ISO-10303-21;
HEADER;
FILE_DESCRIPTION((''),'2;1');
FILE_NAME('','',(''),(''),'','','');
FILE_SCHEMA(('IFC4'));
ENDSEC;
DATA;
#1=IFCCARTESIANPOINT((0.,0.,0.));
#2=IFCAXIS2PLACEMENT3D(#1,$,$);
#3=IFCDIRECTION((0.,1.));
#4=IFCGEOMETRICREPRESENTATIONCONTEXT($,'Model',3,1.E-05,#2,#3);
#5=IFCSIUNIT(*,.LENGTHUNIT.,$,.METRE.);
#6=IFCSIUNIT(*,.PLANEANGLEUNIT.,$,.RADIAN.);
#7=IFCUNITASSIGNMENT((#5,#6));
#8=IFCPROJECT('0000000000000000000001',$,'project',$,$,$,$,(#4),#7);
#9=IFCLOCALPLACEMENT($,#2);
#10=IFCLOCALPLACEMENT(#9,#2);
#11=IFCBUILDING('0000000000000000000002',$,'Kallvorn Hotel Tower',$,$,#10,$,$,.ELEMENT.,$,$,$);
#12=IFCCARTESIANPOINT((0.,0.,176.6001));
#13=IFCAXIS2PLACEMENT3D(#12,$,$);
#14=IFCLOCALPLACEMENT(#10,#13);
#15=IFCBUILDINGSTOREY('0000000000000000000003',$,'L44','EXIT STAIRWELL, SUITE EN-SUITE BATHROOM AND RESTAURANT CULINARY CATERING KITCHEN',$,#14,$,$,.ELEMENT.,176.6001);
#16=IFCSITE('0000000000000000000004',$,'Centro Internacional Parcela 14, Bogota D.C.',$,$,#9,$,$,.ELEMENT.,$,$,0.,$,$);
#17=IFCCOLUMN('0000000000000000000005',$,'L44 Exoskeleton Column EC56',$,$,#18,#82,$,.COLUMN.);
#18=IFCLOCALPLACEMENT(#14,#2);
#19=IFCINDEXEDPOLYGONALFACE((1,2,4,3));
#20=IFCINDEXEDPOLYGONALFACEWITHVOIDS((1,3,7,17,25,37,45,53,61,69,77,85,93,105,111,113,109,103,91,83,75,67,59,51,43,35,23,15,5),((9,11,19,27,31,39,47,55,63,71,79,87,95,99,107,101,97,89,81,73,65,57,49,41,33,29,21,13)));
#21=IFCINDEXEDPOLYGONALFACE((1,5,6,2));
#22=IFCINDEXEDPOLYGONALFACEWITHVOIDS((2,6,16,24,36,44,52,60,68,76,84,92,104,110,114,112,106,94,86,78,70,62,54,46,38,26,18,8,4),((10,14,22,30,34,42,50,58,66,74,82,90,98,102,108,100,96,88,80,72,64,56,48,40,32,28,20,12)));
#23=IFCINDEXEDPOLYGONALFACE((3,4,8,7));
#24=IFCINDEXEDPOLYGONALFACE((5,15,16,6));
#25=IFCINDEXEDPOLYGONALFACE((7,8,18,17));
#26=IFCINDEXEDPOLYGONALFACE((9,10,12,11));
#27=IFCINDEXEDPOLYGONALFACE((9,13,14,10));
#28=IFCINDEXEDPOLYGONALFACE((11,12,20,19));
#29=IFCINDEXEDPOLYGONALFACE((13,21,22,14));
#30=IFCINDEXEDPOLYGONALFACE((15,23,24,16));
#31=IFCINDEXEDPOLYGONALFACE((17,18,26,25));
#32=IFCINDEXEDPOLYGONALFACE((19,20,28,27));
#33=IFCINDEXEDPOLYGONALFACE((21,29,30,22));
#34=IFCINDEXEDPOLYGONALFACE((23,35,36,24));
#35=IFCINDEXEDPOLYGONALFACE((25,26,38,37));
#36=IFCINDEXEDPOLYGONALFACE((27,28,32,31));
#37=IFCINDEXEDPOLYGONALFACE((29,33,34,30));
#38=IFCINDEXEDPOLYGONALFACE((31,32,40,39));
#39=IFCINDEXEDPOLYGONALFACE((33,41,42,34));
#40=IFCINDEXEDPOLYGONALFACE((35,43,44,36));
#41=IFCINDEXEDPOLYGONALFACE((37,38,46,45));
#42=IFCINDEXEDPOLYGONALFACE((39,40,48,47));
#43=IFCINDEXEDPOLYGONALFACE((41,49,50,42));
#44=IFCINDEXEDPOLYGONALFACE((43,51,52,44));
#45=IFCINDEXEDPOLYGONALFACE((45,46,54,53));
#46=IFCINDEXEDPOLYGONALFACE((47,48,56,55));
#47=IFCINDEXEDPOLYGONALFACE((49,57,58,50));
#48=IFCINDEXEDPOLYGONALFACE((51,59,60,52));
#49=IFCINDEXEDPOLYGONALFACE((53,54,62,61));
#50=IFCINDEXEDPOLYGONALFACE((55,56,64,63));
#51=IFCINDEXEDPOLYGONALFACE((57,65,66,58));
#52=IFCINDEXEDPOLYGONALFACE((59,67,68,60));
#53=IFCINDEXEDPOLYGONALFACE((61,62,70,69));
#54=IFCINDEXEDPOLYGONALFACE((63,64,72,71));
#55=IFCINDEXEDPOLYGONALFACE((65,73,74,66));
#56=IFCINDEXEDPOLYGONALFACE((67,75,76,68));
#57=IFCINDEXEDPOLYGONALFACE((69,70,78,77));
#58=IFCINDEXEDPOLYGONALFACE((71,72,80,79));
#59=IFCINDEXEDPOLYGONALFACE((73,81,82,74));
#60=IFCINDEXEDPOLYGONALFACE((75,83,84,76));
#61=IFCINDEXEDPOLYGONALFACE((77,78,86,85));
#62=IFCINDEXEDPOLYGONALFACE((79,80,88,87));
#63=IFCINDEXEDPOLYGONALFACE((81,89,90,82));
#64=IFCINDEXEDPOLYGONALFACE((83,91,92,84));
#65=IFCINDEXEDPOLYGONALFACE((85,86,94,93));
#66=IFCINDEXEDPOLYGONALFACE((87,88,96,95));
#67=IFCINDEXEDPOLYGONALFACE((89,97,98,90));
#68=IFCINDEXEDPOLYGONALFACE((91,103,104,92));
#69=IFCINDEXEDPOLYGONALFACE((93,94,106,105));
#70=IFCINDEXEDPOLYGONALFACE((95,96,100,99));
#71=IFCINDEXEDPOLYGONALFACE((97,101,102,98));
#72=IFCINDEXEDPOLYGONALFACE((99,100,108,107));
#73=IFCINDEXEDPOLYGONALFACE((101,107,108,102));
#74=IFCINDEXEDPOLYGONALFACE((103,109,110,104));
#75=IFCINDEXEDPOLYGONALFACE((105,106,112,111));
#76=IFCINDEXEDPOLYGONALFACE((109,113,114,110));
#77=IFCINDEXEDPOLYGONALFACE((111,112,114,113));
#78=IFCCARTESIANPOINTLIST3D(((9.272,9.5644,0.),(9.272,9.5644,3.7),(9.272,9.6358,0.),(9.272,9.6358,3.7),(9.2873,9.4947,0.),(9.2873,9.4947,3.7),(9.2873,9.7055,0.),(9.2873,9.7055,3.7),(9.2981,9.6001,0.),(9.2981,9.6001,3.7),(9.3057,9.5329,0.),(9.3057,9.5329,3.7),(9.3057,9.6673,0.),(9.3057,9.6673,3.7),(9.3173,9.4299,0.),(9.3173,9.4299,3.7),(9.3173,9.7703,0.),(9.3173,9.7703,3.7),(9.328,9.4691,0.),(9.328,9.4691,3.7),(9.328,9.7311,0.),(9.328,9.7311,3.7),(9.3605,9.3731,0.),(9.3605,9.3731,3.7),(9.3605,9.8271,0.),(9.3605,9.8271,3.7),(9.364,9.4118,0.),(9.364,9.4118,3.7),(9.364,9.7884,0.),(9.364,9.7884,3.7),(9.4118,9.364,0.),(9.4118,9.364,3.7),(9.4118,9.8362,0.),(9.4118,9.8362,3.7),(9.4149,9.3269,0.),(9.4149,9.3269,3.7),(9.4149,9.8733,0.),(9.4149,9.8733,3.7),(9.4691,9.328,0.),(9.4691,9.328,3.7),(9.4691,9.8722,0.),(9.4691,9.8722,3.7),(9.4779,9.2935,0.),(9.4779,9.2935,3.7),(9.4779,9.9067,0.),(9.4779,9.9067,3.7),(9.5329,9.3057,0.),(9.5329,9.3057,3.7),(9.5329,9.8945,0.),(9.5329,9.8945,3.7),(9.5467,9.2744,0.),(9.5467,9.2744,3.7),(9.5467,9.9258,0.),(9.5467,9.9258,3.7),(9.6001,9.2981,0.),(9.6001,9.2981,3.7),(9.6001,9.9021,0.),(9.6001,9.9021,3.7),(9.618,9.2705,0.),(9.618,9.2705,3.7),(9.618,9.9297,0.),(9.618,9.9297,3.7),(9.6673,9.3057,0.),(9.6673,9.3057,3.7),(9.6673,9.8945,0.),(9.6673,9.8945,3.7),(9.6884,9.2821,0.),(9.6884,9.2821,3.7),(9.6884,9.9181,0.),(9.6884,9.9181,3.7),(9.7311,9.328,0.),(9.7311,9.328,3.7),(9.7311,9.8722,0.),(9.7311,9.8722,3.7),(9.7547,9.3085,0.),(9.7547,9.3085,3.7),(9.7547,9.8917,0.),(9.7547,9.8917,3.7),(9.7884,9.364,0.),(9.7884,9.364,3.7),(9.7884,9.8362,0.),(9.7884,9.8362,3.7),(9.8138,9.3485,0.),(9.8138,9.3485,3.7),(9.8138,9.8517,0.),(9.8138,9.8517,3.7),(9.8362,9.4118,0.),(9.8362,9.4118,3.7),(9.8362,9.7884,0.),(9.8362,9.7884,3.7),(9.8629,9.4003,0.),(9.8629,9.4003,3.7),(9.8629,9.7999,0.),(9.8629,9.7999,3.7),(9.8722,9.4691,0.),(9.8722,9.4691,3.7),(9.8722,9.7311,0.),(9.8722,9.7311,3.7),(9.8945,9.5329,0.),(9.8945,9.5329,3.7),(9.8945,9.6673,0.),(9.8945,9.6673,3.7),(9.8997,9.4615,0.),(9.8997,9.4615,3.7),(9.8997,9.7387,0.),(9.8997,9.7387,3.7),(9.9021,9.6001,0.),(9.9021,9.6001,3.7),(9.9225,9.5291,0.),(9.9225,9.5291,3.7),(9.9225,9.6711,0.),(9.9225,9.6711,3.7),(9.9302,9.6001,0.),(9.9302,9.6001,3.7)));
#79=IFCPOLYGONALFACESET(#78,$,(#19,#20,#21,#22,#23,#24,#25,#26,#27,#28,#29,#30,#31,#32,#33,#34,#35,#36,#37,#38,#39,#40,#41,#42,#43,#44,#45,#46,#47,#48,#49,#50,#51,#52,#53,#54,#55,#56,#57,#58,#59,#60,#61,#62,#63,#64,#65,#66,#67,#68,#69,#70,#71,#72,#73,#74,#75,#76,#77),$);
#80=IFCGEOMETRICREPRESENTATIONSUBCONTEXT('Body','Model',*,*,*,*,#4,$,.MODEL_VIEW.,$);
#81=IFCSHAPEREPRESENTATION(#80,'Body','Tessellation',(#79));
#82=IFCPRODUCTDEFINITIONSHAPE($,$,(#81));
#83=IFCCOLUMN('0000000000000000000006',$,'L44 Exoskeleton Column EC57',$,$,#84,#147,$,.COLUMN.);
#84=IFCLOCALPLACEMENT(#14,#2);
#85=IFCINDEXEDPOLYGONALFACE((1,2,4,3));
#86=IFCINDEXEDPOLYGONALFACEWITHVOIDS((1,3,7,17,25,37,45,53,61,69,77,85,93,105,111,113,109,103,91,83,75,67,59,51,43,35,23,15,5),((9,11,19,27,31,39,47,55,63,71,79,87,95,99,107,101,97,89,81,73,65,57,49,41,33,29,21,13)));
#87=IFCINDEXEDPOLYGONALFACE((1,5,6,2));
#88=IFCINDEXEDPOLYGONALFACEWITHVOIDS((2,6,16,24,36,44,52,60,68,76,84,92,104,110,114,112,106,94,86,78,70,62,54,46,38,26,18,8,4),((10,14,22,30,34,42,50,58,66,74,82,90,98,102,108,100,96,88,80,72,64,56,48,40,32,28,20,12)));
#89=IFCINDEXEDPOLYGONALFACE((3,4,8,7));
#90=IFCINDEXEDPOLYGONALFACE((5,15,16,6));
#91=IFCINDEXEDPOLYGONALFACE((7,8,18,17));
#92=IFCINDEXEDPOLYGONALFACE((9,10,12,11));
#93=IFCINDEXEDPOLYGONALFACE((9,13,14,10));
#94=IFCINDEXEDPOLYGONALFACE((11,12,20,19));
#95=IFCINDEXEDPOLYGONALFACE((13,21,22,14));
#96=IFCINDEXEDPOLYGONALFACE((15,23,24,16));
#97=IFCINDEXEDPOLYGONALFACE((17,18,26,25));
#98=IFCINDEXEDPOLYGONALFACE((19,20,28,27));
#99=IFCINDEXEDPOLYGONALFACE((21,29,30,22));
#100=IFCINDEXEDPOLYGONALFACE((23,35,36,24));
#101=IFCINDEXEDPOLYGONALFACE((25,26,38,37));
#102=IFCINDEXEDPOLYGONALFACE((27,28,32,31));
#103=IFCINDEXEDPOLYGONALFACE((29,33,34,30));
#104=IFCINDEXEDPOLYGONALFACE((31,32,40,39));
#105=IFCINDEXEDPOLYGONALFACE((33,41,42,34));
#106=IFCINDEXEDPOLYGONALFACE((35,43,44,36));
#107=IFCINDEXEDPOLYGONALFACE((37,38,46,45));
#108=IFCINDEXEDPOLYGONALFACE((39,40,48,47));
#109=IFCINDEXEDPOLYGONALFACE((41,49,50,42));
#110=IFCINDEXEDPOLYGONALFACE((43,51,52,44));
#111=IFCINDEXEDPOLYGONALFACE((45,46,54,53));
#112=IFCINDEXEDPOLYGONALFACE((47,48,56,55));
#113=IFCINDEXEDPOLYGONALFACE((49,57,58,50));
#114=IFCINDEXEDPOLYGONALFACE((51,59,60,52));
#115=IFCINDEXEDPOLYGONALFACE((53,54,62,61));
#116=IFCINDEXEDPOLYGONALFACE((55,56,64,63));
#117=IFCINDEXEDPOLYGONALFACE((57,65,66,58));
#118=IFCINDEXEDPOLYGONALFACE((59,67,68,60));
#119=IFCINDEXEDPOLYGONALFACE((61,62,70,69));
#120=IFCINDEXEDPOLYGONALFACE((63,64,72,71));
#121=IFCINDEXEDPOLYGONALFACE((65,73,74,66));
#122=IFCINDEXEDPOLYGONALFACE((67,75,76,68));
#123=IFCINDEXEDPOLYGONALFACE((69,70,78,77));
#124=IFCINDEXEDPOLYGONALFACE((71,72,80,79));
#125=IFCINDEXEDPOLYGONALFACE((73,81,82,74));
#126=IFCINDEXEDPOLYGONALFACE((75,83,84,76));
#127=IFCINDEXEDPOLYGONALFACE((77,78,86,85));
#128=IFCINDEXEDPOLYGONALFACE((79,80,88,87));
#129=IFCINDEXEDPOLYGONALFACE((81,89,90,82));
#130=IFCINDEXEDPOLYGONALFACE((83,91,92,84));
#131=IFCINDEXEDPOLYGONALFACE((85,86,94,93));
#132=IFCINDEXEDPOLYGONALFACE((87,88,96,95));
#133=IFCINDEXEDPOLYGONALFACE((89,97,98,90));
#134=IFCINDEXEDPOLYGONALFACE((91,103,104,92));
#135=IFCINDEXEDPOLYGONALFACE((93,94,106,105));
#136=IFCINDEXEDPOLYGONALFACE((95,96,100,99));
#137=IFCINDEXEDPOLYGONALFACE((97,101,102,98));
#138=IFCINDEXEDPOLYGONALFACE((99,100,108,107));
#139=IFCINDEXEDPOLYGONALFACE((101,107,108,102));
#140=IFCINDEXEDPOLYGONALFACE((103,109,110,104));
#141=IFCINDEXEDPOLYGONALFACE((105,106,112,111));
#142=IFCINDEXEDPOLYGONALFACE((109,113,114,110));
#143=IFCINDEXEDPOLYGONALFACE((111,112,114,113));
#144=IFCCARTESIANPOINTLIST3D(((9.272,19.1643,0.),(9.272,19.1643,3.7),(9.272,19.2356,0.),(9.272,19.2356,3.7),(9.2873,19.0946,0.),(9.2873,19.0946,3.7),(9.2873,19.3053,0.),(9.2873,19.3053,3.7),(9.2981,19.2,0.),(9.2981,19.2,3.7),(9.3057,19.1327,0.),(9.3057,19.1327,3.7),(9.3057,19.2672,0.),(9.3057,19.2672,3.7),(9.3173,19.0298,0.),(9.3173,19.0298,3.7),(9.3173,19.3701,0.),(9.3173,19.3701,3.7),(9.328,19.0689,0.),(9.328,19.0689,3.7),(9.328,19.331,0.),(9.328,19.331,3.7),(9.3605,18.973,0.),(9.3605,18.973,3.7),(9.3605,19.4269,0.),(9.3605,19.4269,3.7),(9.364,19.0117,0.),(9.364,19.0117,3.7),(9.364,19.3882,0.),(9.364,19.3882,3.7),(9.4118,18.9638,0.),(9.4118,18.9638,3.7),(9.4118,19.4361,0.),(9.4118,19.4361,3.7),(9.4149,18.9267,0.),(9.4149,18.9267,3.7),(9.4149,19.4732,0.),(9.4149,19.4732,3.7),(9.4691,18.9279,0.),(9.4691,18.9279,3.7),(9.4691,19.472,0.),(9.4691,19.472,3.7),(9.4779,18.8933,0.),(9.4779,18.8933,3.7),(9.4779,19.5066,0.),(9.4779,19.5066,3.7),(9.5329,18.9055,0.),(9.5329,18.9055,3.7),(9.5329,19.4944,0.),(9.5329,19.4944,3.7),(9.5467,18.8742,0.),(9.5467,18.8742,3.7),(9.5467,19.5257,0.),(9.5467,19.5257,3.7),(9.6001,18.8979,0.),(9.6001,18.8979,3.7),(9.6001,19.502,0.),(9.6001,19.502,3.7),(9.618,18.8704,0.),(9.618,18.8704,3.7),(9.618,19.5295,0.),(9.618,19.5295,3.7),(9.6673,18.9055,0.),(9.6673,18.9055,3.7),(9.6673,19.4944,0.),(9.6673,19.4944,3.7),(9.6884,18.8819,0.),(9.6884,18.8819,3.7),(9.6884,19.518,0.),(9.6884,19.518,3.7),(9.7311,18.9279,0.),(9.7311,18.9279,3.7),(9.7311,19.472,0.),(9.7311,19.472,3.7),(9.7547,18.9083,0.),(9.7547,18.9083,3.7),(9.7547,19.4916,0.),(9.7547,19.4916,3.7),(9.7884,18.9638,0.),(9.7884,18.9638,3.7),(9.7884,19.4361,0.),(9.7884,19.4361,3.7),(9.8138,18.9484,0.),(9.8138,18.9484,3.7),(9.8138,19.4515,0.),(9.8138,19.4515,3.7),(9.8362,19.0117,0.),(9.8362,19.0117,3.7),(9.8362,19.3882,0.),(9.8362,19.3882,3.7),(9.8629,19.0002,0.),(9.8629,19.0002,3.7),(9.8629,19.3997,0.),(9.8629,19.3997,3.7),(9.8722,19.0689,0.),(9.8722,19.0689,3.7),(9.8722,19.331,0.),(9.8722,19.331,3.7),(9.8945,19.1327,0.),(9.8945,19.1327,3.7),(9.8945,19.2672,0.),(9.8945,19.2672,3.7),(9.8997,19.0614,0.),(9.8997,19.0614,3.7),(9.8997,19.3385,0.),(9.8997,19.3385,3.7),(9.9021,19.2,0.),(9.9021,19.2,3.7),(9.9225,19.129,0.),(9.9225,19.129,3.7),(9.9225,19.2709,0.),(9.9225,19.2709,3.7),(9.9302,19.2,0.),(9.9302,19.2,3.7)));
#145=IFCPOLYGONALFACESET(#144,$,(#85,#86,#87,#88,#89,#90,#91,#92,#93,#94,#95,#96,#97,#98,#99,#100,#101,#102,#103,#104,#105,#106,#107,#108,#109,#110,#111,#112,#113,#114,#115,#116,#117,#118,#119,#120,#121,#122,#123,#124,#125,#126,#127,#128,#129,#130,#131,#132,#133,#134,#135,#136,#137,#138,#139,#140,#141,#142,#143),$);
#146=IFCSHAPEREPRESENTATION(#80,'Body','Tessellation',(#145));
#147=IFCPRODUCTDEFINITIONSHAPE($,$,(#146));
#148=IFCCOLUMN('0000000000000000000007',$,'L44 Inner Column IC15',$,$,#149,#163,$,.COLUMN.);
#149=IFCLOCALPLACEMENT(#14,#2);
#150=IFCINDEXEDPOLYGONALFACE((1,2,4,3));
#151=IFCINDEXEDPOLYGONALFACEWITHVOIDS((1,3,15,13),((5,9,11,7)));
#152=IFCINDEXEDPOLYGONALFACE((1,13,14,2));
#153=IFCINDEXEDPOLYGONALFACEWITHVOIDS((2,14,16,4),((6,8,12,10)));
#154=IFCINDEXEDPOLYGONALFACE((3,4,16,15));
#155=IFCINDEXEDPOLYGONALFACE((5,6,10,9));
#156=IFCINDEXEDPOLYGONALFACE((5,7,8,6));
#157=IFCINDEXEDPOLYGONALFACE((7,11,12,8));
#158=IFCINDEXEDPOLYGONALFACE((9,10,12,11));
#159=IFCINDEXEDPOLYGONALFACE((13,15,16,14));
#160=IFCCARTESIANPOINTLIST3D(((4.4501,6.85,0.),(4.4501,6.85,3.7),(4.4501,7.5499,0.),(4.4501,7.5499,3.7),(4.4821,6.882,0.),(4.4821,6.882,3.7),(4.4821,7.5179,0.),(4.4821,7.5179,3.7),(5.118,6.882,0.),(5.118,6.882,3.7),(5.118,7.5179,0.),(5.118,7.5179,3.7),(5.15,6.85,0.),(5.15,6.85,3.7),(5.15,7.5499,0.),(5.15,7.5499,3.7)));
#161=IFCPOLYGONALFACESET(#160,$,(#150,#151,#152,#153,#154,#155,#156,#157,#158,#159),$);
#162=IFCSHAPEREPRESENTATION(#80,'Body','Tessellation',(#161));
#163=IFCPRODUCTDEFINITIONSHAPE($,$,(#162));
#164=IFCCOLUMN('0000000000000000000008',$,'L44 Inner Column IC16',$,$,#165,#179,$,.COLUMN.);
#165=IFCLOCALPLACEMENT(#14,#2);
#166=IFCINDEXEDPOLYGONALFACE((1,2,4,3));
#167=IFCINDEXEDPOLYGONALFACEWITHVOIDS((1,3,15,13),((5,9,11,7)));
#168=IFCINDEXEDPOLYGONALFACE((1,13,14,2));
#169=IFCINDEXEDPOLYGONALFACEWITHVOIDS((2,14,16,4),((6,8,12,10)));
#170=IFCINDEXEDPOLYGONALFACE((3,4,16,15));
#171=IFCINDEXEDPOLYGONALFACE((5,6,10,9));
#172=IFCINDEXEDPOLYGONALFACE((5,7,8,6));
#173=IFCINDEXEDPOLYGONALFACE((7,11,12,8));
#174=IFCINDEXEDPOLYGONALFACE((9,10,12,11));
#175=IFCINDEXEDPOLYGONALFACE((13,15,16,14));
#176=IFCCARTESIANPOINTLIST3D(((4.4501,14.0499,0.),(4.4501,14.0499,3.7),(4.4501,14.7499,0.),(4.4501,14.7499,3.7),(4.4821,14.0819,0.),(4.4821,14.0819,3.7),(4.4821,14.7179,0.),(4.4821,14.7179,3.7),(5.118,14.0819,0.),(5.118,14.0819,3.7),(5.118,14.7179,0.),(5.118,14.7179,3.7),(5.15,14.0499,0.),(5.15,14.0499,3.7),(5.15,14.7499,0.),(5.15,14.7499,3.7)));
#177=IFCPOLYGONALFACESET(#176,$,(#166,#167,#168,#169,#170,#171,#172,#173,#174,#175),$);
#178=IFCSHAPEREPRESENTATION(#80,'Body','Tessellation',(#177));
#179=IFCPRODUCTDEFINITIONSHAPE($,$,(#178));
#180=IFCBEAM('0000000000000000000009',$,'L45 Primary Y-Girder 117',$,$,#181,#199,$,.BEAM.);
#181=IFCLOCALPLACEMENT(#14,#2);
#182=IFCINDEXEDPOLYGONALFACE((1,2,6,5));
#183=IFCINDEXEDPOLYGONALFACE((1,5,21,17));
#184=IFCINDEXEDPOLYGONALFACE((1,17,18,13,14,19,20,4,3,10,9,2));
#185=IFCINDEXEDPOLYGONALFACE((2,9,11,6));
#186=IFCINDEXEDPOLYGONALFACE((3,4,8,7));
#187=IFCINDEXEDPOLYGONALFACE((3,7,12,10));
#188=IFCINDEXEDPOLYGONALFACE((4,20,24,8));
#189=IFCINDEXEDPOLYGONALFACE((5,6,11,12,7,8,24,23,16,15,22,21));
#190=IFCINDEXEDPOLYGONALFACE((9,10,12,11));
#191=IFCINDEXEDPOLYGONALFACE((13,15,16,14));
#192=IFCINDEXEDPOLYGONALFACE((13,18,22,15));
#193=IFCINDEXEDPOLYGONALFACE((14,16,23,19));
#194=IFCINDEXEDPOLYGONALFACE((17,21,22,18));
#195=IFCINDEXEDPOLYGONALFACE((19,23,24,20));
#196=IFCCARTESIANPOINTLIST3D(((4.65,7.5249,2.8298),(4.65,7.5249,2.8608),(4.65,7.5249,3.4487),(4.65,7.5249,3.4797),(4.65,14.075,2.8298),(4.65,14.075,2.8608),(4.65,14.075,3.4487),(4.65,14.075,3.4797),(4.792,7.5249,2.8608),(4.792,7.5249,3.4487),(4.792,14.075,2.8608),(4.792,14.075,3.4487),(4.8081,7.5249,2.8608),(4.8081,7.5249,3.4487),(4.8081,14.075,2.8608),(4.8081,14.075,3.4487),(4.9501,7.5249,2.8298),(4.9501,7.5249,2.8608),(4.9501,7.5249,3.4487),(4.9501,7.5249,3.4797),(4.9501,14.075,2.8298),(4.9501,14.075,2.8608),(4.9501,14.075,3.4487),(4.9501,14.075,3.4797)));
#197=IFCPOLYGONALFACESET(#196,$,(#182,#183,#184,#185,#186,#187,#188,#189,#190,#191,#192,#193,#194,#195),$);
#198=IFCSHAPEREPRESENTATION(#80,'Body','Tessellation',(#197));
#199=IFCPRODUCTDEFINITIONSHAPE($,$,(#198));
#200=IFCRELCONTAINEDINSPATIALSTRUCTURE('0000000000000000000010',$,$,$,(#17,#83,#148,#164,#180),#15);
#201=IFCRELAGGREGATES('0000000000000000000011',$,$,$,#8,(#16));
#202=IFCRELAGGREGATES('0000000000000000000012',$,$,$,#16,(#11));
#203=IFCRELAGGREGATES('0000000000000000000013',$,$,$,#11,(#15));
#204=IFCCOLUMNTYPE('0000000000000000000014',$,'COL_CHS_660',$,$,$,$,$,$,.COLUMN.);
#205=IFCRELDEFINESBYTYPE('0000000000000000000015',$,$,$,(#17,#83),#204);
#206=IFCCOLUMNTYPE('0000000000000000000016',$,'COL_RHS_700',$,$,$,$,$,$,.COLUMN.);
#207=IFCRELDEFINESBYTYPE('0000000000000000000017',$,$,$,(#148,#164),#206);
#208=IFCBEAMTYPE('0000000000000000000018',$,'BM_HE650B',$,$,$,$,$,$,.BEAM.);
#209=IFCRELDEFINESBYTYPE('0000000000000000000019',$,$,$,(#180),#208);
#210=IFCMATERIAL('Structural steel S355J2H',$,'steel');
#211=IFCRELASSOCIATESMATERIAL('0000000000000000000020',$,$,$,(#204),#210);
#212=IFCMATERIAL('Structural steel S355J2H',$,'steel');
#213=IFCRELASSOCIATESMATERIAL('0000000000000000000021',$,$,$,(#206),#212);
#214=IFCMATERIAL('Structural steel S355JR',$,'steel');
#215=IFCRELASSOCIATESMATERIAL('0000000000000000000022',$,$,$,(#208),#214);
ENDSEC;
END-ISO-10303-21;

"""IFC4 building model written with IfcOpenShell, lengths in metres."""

from ifc_helpers import new_model, si_unit, direction, frame, origin, origin_2d, place, context, subcontext, project, spatial, hollow_rectangle, hollow_circle, i_section, extrude, material, material_profile, profile_set, type_object, element, save


model = new_model("IFC4")

# Units and contexts
model_context = context("Model", 3, precision=1e-05, world=origin(), true_north=direction((0.0, 1.0)))
body_context = subcontext(model_context, "Body", "Model", "MODEL_VIEW")
ifc_project = project(units=[si_unit("LENGTHUNIT", "METRE"), si_unit("PLANEANGLEUNIT", "RADIAN")], contexts=[model_context])

# Site, building, storey
site_placement = place(None, origin())
site = spatial("IfcSite", under=ifc_project, at=site_placement, Name="Centro Internacional Parcela 14, Bogota D.C.", CompositionType="ELEMENT", RefElevation=0.0)
building_placement = place(site_placement, origin())
building = spatial("IfcBuilding", under=site, at=building_placement, Name="Kallvorn Hotel Tower", CompositionType="ELEMENT")
storey_placement = place(building_placement, frame((0.0, 0.0, 176.6001)))
storey = spatial("IfcBuildingStorey", under=building, at=storey_placement, Name="L44", Description="EXIT STAIRWELL, SUITE EN-SUITE BATHROOM AND RESTAURANT CULINARY CATERING KITCHEN", CompositionType="ELEMENT", Elevation=176.6001)

# Columns
ifc_material_1 = material(Name="Structural steel S355J2H", Category="steel")
ifc_material_profile_1 = material_profile(ifc_material_1, hollow_circle(Radius=0.3301, WallThickness=0.0281, at=origin_2d()), Name="CHS 660x28")
ifc_profile_set_1 = profile_set([ifc_material_profile_1], Name="Structural steel S355J2H")
column_type_1 = type_object("IfcColumnType", Name="COL_CHS_660", PredefinedType="COLUMN", material=ifc_profile_set_1)
for number, where, z_axis, x_axis, name in (
    (1, (9.6001, 9.6001, 0.0), (0.0, 0.0, 1.0), (1.0, 0.0, 0.0), "L44 Exoskeleton Column EC56"),
    (2, (9.6001, 19.2, 0.0), (0.0, 0.0, 1.0), (1.0, 0.0, 0.0), "L44 Exoskeleton Column EC57"),
):
    element("IfcColumn", number, at=place(storey_placement, frame(where, z_axis=z_axis, x_axis=x_axis)), inside=storey, type_object=column_type_1, Name=name, PredefinedType="COLUMN", context=body_context, shape_type="SweptSolid", body=[
        extrude(hollow_circle(Radius=0.3301, WallThickness=0.0281, at=origin_2d()), origin(), (0.0, 0.0, 1.0), 3.7),
    ])
ifc_material_2 = material(Name="Structural steel S355J2H", Category="steel")
ifc_material_profile_2 = material_profile(ifc_material_2, hollow_rectangle(XDim=0.7, YDim=0.7, WallThickness=0.032, at=origin_2d()), Name="RHS 700x700x32")
ifc_profile_set_2 = profile_set([ifc_material_profile_2], Name="Structural steel S355J2H")
column_type_2 = type_object("IfcColumnType", Name="COL_RHS_700", PredefinedType="COLUMN", material=ifc_profile_set_2)
for number, where, z_axis, x_axis, name in (
    (3, (4.8, 7.2, 0.0), (0.0, 0.0, 1.0), (1.0, 0.0, 0.0), "L44 Inner Column IC15"),
    (4, (4.8, 14.3999, 0.0), (0.0, 0.0, 1.0), (1.0, 0.0, 0.0), "L44 Inner Column IC16"),
):
    element("IfcColumn", number, at=place(storey_placement, frame(where, z_axis=z_axis, x_axis=x_axis)), inside=storey, type_object=column_type_2, Name=name, PredefinedType="COLUMN", context=body_context, shape_type="SweptSolid", body=[
        extrude(hollow_rectangle(XDim=0.7, YDim=0.7, WallThickness=0.032, at=origin_2d()), origin(), (0.0, 0.0, 1.0), 3.7),
    ])

# Beam
ifc_material_3 = material(Name="Structural steel S355JR", Category="steel")
ifc_material_profile_3 = material_profile(ifc_material_3, i_section(OverallWidth=0.3, OverallDepth=0.6499, WebThickness=0.0161, FlangeThickness=0.031, at=origin_2d()), Name="HE 650 B")
ifc_profile_set_3 = profile_set([ifc_material_profile_3], Name="Structural steel S355JR")
beam_type_1 = type_object("IfcBeamType", Name="BM_HE650B", PredefinedType="BEAM", material=ifc_profile_set_3)
beam_1_placement = place(storey_placement, frame((4.8, 7.5249, 3.1548), z_axis=(0.0, 1.0, 0.0), x_axis=(-1.0, 0.0, 0.0)))
element("IfcBeam", 5, at=beam_1_placement, inside=storey, type_object=beam_type_1, Name="L45 Primary Y-Girder 117", PredefinedType="BEAM", context=body_context, shape_type="SweptSolid", body=[
    extrude(i_section(OverallWidth=0.3, OverallDepth=0.6499, WebThickness=0.0161, FlangeThickness=0.031, at=origin_2d()), origin(), (0.0, 0.0, 1.0), 6.55),
])

save(model, "model.ifc")
